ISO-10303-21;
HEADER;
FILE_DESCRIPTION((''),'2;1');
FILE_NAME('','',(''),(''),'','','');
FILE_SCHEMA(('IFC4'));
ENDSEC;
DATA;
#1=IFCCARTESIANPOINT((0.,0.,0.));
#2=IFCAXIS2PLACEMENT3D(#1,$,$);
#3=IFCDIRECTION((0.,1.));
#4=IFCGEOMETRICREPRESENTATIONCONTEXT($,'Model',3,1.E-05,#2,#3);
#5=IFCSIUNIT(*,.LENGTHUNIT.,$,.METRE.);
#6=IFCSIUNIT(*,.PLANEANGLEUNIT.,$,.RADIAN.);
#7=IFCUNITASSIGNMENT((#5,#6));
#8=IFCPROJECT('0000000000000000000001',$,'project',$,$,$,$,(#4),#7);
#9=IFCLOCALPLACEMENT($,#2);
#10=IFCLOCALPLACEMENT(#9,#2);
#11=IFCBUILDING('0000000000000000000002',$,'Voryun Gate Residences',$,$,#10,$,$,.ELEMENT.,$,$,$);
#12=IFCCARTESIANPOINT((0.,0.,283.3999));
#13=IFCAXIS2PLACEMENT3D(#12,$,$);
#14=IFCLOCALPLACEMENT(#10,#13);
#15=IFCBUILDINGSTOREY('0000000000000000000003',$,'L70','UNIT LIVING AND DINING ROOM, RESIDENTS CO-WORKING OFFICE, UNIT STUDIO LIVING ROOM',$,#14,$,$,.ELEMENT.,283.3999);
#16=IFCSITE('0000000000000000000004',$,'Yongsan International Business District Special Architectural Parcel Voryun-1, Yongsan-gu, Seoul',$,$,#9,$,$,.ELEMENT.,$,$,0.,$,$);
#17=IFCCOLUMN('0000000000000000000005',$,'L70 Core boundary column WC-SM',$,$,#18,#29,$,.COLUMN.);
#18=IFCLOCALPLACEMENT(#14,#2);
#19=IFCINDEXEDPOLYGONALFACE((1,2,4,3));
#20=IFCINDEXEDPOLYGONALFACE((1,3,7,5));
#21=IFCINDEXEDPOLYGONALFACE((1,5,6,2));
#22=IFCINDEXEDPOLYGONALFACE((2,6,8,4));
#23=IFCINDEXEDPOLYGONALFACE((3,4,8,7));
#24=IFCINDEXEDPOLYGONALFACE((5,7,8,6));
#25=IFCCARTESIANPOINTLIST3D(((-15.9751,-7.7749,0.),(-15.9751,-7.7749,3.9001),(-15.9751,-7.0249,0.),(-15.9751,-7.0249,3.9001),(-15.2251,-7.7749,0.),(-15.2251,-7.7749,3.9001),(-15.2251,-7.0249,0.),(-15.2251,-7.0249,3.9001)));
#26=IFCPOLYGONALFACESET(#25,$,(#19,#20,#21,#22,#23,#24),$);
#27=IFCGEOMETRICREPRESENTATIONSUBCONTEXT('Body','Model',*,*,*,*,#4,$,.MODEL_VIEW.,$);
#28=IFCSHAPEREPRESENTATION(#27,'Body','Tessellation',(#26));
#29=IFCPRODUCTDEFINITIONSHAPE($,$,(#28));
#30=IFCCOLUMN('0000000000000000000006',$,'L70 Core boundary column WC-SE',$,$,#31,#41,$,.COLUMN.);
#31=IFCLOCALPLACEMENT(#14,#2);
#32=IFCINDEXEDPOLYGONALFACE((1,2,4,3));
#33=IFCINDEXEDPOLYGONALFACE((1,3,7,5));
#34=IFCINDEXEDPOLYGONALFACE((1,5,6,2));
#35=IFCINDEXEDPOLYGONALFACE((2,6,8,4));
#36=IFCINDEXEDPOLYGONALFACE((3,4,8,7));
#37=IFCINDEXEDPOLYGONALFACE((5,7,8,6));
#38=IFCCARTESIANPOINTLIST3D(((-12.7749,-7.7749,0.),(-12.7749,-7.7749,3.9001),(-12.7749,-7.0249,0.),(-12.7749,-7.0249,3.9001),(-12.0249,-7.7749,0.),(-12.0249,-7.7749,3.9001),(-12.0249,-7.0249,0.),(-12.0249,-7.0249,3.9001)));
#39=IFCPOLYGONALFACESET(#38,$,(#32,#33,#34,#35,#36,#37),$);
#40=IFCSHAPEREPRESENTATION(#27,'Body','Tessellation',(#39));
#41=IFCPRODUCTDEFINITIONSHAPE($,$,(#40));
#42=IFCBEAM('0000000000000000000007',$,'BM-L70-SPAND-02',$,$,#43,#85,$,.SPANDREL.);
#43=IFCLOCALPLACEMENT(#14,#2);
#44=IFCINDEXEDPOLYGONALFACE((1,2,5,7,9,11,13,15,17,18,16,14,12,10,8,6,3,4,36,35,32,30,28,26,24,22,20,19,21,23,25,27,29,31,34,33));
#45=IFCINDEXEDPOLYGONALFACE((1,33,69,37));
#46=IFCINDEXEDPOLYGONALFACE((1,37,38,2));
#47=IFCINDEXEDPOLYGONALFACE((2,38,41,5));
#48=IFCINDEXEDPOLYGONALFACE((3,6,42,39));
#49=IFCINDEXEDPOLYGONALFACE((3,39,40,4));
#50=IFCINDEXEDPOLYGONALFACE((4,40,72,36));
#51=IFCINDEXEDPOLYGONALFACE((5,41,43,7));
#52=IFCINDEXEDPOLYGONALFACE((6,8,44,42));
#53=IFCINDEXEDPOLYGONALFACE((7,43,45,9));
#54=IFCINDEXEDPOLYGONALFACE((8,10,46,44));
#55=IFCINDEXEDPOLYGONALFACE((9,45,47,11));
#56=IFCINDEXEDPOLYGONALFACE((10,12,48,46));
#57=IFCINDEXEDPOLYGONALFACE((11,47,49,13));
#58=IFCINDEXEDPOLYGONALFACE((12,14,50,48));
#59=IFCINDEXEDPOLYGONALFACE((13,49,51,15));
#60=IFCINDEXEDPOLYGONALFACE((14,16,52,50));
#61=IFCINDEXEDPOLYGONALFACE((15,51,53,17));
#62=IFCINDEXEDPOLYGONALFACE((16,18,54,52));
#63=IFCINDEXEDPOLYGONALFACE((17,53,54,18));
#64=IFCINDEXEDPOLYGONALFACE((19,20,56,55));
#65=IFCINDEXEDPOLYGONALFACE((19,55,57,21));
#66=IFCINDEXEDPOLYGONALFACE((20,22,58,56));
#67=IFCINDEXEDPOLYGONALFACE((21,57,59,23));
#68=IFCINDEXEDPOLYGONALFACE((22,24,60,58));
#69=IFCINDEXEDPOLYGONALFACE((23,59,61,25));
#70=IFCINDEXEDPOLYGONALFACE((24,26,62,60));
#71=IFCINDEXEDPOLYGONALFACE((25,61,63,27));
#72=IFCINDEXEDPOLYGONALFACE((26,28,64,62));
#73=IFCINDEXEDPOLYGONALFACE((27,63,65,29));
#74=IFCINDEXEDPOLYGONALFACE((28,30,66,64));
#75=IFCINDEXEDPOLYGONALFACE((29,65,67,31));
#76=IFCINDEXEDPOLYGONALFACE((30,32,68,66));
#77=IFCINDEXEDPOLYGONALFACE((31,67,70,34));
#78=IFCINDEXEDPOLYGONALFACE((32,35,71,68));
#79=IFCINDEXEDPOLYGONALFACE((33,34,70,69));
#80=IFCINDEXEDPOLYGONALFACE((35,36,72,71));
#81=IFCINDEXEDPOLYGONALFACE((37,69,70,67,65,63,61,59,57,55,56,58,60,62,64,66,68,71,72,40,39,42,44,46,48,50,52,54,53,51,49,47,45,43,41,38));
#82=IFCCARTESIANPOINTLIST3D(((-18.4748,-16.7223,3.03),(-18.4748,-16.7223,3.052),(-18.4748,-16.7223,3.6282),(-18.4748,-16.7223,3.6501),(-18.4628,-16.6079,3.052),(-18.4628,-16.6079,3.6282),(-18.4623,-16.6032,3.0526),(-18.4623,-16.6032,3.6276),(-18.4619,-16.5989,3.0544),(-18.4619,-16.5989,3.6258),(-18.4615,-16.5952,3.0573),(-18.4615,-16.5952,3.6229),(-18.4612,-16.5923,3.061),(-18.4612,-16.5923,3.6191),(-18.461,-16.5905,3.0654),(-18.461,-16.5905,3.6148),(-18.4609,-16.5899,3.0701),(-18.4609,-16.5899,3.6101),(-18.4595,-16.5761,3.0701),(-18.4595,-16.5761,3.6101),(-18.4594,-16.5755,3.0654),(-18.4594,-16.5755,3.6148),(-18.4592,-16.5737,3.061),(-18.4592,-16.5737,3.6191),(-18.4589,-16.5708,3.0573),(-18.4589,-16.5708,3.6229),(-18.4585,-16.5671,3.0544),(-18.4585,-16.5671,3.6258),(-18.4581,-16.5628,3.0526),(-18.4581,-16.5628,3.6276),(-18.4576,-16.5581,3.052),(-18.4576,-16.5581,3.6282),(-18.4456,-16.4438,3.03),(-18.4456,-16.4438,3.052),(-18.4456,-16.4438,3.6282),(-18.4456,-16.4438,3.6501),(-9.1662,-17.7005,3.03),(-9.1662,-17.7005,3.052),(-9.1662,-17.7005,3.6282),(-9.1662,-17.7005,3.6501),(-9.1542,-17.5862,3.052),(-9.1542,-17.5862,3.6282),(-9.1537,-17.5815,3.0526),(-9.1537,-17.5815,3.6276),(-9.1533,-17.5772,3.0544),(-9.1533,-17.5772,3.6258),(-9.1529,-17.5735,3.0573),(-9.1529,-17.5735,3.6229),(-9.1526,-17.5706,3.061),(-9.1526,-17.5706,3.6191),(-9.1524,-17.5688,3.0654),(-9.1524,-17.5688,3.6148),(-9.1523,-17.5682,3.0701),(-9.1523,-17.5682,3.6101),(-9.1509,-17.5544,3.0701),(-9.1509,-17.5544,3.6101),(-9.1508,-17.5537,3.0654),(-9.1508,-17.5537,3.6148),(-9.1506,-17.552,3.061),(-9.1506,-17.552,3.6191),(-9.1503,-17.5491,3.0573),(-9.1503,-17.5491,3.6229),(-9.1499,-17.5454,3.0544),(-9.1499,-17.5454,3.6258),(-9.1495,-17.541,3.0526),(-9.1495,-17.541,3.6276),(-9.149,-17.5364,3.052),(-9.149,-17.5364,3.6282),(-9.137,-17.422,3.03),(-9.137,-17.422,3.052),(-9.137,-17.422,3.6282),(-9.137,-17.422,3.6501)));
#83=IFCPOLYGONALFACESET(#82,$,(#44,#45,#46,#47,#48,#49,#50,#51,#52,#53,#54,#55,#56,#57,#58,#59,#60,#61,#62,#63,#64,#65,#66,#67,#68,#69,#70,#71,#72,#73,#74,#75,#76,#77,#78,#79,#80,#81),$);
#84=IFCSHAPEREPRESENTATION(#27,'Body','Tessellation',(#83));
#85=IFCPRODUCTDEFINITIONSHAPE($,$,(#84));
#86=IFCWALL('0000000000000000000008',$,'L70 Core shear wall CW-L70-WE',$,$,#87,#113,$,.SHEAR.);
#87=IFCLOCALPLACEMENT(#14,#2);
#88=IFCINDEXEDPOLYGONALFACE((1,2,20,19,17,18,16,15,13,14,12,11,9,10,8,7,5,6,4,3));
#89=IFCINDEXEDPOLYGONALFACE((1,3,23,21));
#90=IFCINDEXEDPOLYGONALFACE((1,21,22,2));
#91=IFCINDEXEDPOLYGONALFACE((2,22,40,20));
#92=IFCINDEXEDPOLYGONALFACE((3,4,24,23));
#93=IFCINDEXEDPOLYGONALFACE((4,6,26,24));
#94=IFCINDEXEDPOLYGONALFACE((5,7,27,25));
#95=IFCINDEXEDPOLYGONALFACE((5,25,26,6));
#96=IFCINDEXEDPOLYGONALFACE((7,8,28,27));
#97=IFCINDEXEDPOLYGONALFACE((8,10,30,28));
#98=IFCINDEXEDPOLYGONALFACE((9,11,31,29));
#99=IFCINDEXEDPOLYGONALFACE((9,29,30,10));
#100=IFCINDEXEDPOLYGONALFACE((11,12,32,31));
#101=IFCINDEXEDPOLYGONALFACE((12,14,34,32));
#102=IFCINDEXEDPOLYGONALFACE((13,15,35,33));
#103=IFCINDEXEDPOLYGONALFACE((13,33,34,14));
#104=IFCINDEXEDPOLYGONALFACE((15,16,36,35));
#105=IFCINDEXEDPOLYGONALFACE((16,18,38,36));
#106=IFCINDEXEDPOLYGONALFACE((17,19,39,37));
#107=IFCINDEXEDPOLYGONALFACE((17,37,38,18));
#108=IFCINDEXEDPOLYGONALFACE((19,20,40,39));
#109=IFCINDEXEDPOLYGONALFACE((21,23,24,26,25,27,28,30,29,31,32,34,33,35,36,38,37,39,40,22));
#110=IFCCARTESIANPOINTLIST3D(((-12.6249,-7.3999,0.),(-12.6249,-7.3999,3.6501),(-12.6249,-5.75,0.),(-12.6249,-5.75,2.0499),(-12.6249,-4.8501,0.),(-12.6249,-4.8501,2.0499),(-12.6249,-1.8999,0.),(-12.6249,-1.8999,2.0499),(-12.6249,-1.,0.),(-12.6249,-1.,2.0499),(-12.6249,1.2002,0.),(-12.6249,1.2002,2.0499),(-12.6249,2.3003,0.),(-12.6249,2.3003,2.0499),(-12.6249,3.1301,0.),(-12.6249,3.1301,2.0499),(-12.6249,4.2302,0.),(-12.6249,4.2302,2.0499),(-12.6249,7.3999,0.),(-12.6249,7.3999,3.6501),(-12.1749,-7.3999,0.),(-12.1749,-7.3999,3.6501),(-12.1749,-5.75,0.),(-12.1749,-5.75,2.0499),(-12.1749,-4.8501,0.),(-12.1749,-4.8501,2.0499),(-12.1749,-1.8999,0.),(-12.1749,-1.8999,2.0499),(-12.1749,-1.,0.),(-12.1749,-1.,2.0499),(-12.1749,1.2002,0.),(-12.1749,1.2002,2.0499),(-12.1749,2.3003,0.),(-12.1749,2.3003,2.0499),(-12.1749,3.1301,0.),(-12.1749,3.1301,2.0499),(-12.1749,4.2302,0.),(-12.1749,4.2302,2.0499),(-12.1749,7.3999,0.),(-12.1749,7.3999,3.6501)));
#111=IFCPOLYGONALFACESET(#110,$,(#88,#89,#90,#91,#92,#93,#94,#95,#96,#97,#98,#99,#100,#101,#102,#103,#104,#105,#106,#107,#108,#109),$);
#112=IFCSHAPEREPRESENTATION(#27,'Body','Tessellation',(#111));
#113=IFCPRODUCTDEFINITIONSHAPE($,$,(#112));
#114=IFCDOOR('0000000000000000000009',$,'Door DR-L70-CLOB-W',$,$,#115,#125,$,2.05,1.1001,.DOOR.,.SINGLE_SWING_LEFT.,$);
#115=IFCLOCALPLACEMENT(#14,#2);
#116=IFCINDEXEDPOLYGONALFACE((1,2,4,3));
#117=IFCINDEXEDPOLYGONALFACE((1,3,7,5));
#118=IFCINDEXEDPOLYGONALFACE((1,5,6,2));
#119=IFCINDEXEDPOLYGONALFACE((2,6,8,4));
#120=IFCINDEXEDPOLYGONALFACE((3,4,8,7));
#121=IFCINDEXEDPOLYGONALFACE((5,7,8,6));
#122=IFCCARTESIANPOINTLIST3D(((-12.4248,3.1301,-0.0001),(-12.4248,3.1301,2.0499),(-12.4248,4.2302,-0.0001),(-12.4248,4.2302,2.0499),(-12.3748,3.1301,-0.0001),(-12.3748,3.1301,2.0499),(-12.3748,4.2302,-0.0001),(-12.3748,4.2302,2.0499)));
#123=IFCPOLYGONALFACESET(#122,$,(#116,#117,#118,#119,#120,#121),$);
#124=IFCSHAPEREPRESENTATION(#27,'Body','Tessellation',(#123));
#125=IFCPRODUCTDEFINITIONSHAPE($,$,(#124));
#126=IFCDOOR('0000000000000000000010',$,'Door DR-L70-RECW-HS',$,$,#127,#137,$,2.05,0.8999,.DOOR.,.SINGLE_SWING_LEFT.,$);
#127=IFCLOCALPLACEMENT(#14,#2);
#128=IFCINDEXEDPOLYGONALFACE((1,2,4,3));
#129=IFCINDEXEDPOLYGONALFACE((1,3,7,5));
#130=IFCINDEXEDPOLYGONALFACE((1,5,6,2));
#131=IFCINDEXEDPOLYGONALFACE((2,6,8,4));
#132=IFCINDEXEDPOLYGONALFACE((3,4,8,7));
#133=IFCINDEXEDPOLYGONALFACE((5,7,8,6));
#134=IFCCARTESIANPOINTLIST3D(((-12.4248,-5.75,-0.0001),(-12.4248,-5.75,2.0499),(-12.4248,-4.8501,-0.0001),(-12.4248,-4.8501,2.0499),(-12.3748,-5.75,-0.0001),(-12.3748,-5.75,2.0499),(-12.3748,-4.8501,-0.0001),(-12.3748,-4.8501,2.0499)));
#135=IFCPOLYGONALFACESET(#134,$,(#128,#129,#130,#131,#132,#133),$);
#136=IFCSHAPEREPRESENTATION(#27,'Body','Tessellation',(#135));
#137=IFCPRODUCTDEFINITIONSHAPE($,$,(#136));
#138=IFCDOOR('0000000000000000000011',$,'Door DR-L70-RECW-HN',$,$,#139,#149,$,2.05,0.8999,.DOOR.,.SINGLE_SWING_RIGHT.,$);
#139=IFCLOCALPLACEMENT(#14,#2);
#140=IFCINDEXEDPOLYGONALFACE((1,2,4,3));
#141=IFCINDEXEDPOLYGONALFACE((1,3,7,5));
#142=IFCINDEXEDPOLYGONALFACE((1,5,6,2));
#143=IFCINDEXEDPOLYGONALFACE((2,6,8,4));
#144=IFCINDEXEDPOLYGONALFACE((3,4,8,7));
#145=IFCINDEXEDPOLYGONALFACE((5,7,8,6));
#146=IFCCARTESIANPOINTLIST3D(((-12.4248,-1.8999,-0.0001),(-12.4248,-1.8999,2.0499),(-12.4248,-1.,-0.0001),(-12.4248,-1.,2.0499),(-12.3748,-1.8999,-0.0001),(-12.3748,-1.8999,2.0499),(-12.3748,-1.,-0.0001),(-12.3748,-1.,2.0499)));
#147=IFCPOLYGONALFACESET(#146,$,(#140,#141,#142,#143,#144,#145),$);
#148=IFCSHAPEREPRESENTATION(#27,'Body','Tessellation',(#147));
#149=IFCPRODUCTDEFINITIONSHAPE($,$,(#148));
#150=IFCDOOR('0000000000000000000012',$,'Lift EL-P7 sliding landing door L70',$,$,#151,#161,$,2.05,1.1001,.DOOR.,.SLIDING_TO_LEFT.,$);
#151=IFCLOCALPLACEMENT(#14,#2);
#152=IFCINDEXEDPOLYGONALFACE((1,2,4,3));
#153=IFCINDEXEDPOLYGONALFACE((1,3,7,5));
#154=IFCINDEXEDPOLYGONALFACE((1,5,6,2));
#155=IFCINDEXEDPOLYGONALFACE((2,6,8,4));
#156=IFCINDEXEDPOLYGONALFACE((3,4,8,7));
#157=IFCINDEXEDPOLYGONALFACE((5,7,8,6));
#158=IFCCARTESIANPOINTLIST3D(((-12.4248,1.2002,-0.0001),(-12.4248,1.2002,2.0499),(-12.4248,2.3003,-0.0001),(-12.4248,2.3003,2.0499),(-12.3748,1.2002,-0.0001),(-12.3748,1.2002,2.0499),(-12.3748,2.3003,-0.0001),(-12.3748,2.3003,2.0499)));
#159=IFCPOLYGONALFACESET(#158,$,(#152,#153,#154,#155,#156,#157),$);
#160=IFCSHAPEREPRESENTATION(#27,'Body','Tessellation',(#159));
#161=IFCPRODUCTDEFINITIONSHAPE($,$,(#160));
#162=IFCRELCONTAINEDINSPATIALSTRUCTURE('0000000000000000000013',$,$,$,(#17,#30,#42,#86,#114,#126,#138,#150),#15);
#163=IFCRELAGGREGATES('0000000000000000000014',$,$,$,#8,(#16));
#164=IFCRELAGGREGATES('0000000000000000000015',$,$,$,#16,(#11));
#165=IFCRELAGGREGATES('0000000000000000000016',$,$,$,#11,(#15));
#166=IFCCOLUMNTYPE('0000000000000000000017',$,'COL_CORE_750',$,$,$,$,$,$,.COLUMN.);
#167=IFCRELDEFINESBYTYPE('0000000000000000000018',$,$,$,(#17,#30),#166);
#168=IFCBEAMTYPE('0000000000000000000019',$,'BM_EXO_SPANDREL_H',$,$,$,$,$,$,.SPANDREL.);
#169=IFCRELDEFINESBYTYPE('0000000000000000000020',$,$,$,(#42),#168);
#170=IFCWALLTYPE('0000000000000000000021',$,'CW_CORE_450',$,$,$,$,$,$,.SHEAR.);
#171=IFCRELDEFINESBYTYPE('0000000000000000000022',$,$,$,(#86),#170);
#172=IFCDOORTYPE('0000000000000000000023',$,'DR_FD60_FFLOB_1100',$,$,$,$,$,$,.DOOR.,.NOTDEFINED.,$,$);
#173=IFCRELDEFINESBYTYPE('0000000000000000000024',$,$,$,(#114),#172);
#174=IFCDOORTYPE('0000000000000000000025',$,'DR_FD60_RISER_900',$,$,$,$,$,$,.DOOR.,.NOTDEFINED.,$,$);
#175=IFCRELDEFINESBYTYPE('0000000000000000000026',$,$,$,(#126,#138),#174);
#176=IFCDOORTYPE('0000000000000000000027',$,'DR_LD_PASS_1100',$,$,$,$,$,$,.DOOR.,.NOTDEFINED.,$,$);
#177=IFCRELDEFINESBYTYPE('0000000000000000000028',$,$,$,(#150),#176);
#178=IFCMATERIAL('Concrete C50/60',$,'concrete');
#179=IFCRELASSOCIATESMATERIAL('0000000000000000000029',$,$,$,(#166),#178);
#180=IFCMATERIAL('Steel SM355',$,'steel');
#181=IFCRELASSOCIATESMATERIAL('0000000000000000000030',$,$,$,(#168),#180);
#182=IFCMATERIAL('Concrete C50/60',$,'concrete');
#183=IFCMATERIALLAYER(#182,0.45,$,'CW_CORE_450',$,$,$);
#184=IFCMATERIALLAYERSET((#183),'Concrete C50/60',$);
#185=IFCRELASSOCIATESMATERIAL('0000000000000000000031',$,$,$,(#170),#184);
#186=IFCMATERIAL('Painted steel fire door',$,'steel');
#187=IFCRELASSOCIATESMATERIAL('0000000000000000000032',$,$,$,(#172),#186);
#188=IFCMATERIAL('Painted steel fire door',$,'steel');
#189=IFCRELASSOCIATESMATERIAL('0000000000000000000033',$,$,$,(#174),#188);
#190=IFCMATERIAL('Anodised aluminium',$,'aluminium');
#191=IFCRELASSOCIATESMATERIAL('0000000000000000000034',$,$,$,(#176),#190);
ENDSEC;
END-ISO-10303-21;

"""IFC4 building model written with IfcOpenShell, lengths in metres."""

from ifc_helpers import new_model, si_unit, direction, frame, frame_2d, origin, origin_2d, place, context, subcontext, project, spatial, rectangle, i_section, extrude, material, layer, layer_set, material_profile, profile_set, type_object, element, fill, save


model = new_model("IFC4")

# Units and contexts
model_context = context("Model", 3, precision=1e-05, world=origin(), true_north=direction((0.0, 1.0)))
body_context = subcontext(model_context, "Body", "Model", "MODEL_VIEW")
ifc_project = project(units=[si_unit("LENGTHUNIT", "METRE"), si_unit("PLANEANGLEUNIT", "RADIAN")], contexts=[model_context])

# Site, building, storey
site_placement = place(None, origin())
site = spatial("IfcSite", under=ifc_project, at=site_placement, Name="Yongsan International Business District Special Architectural Parcel Voryun-1, Yongsan-gu, Seoul", CompositionType="ELEMENT", RefElevation=0.0)
building_placement = place(site_placement, origin())
building = spatial("IfcBuilding", under=site, at=building_placement, Name="Voryun Gate Residences", CompositionType="ELEMENT")
storey_placement = place(building_placement, frame((0.0, 0.0, 283.3999)))
storey = spatial("IfcBuildingStorey", under=building, at=storey_placement, Name="L70", Description="UNIT LIVING AND DINING ROOM, RESIDENTS CO-WORKING OFFICE, UNIT STUDIO LIVING ROOM", CompositionType="ELEMENT", Elevation=283.3999)

# Columns
ifc_material_1 = material(Name="Concrete C50/60", Category="concrete")
ifc_material_profile_1 = material_profile(ifc_material_1, rectangle(XDim=0.75, YDim=0.75, at=origin_2d()), Name="RC-750x750")
ifc_profile_set_1 = profile_set([ifc_material_profile_1], Name="Concrete C50/60")
column_type = type_object("IfcColumnType", Name="COL_CORE_750", PredefinedType="COLUMN", material=ifc_profile_set_1)
for number, where, z_axis, x_axis, name in (
    (1, (-15.6001, -7.3999, 0.0), (0.0, 0.0, 1.0), (1.0, 0.0, 0.0), "L70 Core boundary column WC-SM"),
    (2, (-12.3999, -7.3999, 0.0), (0.0, 0.0, 1.0), (1.0, 0.0, 0.0), "L70 Core boundary column WC-SE"),
):
    element("IfcColumn", number, at=place(storey_placement, frame(where, z_axis=z_axis, x_axis=x_axis)), inside=storey, type_object=column_type, Name=name, PredefinedType="COLUMN", context=body_context, shape_type="SweptSolid", body=[
        extrude(rectangle(XDim=0.75, YDim=0.75, at=origin_2d()), origin(), (0.0, 0.0, 1.0), 3.9001),
    ])

# Beam
ifc_material_2 = material(Name="Steel SM355", Category="steel")
ifc_material_profile_2 = material_profile(ifc_material_2, i_section(OverallWidth=0.28, OverallDepth=0.6201, WebThickness=0.0139, FlangeThickness=0.022, FilletRadius=0.0181, at=origin_2d()), Name="H-620x280x14x22")
ifc_profile_set_2 = profile_set([ifc_material_profile_2], Name="Steel SM355")
beam_type = type_object("IfcBeamType", Name="BM_EXO_SPANDREL_H", PredefinedType="SPANDREL", material=ifc_profile_set_2)
beam_placement = place(storey_placement, frame((-18.4602, -16.583, 3.3401), z_axis=(0.994523, -0.104518, 0.0), x_axis=(0.104518, 0.994523, 0.0)))
element("IfcBeam", 3, at=beam_placement, inside=storey, type_object=beam_type, Name="BM-L70-SPAND-02", PredefinedType="SPANDREL", context=body_context, shape_type="SweptSolid", body=[
    extrude(i_section(OverallWidth=0.28, OverallDepth=0.6201, WebThickness=0.0139, FlangeThickness=0.022, FilletRadius=0.0181, at=origin_2d()), origin(), (0.0, 0.0, 1.0), 9.3599),
])

# Wall, openings, doors
ifc_material_3 = material(Name="Concrete C50/60", Category="concrete")
ifc_layer_1 = layer(ifc_material_3, 0.45, Name="CW_CORE_450")
ifc_layer_set_1 = layer_set([ifc_layer_1], Name="Concrete C50/60")
wall_type_1 = type_object("IfcWallType", Name="CW_CORE_450", PredefinedType="SHEAR", material=ifc_layer_set_1)
wall_1_placement = place(storey_placement, frame((-12.3999, -7.3999, 0.0), z_axis=(0.0, 0.0, 1.0), x_axis=(0.0, 1.0, 0.0)))
wall_1 = element("IfcWall", 4, at=wall_1_placement, inside=storey, type_object=wall_type_1, Name="L70 Core shear wall CW-L70-WE", PredefinedType="SHEAR", context=body_context, shape_type="SweptSolid", body=[
    extrude(rectangle(XDim=14.7998, YDim=0.45, at=frame_2d((7.3999, 0.0))), origin(), (0.0, 0.0, 1.0), 3.6501),
])
opening_1_placement = place(wall_1_placement, frame((8.6001, 0.0, 0.0)))
opening_1 = element("IfcOpeningElement", 5, at=opening_1_placement, cuts=wall_1, PredefinedType="OPENING", context=body_context, shape_type="SweptSolid", body=[
    extrude(rectangle(XDim=1.1001, YDim=2.05, at=frame_2d((0.55, 1.0249))), frame((0.0, 0.2351, 0.0), z_axis=(0.0, -1.0, 0.0), x_axis=(1.0, 0.0, 0.0)), (0.0, 0.0, 1.0), 0.47),
])
opening_2_placement = place(wall_1_placement, frame((10.53, 0.0, 0.0)))
opening_2 = element("IfcOpeningElement", 6, at=opening_2_placement, cuts=wall_1, PredefinedType="OPENING", context=body_context, shape_type="SweptSolid", body=[
    extrude(rectangle(XDim=1.1001, YDim=2.05, at=frame_2d((0.55, 1.0249))), frame((0.0, 0.2351, 0.0), z_axis=(0.0, -1.0, 0.0), x_axis=(1.0, 0.0, 0.0)), (0.0, 0.0, 1.0), 0.47),
])
opening_3_placement = place(wall_1_placement, frame((1.6499, 0.0, 0.0)))
opening_3 = element("IfcOpeningElement", 7, at=opening_3_placement, cuts=wall_1, PredefinedType="OPENING", context=body_context, shape_type="SweptSolid", body=[
    extrude(rectangle(XDim=0.8999, YDim=2.05, at=frame_2d((0.45, 1.0249))), frame((0.0, 0.2351, 0.0), z_axis=(0.0, -1.0, 0.0), x_axis=(1.0, 0.0, 0.0)), (0.0, 0.0, 1.0), 0.47),
])
opening_4_placement = place(wall_1_placement, frame((5.5, 0.0, 0.0)))
opening_4 = element("IfcOpeningElement", 8, at=opening_4_placement, cuts=wall_1, PredefinedType="OPENING", context=body_context, shape_type="SweptSolid", body=[
    extrude(rectangle(XDim=0.8999, YDim=2.05, at=frame_2d((0.45, 1.0249))), frame((0.0, 0.2351, 0.0), z_axis=(0.0, -1.0, 0.0), x_axis=(1.0, 0.0, 0.0)), (0.0, 0.0, 1.0), 0.47),
])
ifc_material_4 = material(Name="Painted steel fire door", Category="steel")
door_type_1 = type_object("IfcDoorType", Name="DR_FD60_FFLOB_1100", OperationType="NOTDEFINED", PredefinedType="DOOR", material=ifc_material_4)
door_1_placement = place(opening_2_placement, origin())
door_1 = element("IfcDoor", 9, at=door_1_placement, inside=storey, type_object=door_type_1, Name="Door DR-L70-CLOB-W", OperationType="SINGLE_SWING_LEFT", OverallHeight=2.05, OverallWidth=1.1001, PredefinedType="DOOR", context=body_context, shape_type="SweptSolid", body=[
    extrude(rectangle(XDim=1.1001, YDim=2.05, at=frame_2d((0.55, 1.0249))), frame((0.0, 0.0249, 0.0), z_axis=(0.0, -1.0, 0.0), x_axis=(1.0, 0.0, 0.0)), (0.0, 0.0, 1.0), 0.05),
])
fill(opening_2, door_1)
ifc_material_5 = material(Name="Painted steel fire door", Category="steel")
door_type_2 = type_object("IfcDoorType", Name="DR_FD60_RISER_900", OperationType="NOTDEFINED", PredefinedType="DOOR", material=ifc_material_5)
door_2_placement = place(opening_3_placement, origin())
door_2 = element("IfcDoor", 10, at=door_2_placement, inside=storey, type_object=door_type_2, Name="Door DR-L70-RECW-HS", OperationType="SINGLE_SWING_LEFT", OverallHeight=2.05, OverallWidth=0.8999, PredefinedType="DOOR", context=body_context, shape_type="SweptSolid", body=[
    extrude(rectangle(XDim=0.8999, YDim=2.05, at=frame_2d((0.45, 1.0249))), frame((0.0, 0.0249, 0.0), z_axis=(0.0, -1.0, 0.0), x_axis=(1.0, 0.0, 0.0)), (0.0, 0.0, 1.0), 0.05),
])
fill(opening_3, door_2)
door_3_placement = place(opening_4_placement, origin())
door_3 = element("IfcDoor", 11, at=door_3_placement, inside=storey, type_object=door_type_2, Name="Door DR-L70-RECW-HN", OperationType="SINGLE_SWING_RIGHT", OverallHeight=2.05, OverallWidth=0.8999, PredefinedType="DOOR", context=body_context, shape_type="SweptSolid", body=[
    extrude(rectangle(XDim=0.8999, YDim=2.05, at=frame_2d((0.45, 1.0249))), frame((0.0, 0.0249, 0.0), z_axis=(0.0, -1.0, 0.0), x_axis=(1.0, 0.0, 0.0)), (0.0, 0.0, 1.0), 0.05),
])
fill(opening_4, door_3)
ifc_material_6 = material(Name="Anodised aluminium", Category="aluminium")
door_type_3 = type_object("IfcDoorType", Name="DR_LD_PASS_1100", OperationType="NOTDEFINED", PredefinedType="DOOR", material=ifc_material_6)
door_4_placement = place(opening_1_placement, origin())
door_4 = element("IfcDoor", 12, at=door_4_placement, inside=storey, type_object=door_type_3, Name="Lift EL-P7 sliding landing door L70", OperationType="SLIDING_TO_LEFT", OverallHeight=2.05, OverallWidth=1.1001, PredefinedType="DOOR", context=body_context, shape_type="SweptSolid", body=[
    extrude(rectangle(XDim=1.1001, YDim=2.05, at=frame_2d((0.55, 1.0249))), frame((0.0, 0.0249, 0.0), z_axis=(0.0, -1.0, 0.0), x_axis=(1.0, 0.0, 0.0)), (0.0, 0.0, 1.0), 0.05),
])
fill(opening_1, door_4)

save(model, "model.ifc")
